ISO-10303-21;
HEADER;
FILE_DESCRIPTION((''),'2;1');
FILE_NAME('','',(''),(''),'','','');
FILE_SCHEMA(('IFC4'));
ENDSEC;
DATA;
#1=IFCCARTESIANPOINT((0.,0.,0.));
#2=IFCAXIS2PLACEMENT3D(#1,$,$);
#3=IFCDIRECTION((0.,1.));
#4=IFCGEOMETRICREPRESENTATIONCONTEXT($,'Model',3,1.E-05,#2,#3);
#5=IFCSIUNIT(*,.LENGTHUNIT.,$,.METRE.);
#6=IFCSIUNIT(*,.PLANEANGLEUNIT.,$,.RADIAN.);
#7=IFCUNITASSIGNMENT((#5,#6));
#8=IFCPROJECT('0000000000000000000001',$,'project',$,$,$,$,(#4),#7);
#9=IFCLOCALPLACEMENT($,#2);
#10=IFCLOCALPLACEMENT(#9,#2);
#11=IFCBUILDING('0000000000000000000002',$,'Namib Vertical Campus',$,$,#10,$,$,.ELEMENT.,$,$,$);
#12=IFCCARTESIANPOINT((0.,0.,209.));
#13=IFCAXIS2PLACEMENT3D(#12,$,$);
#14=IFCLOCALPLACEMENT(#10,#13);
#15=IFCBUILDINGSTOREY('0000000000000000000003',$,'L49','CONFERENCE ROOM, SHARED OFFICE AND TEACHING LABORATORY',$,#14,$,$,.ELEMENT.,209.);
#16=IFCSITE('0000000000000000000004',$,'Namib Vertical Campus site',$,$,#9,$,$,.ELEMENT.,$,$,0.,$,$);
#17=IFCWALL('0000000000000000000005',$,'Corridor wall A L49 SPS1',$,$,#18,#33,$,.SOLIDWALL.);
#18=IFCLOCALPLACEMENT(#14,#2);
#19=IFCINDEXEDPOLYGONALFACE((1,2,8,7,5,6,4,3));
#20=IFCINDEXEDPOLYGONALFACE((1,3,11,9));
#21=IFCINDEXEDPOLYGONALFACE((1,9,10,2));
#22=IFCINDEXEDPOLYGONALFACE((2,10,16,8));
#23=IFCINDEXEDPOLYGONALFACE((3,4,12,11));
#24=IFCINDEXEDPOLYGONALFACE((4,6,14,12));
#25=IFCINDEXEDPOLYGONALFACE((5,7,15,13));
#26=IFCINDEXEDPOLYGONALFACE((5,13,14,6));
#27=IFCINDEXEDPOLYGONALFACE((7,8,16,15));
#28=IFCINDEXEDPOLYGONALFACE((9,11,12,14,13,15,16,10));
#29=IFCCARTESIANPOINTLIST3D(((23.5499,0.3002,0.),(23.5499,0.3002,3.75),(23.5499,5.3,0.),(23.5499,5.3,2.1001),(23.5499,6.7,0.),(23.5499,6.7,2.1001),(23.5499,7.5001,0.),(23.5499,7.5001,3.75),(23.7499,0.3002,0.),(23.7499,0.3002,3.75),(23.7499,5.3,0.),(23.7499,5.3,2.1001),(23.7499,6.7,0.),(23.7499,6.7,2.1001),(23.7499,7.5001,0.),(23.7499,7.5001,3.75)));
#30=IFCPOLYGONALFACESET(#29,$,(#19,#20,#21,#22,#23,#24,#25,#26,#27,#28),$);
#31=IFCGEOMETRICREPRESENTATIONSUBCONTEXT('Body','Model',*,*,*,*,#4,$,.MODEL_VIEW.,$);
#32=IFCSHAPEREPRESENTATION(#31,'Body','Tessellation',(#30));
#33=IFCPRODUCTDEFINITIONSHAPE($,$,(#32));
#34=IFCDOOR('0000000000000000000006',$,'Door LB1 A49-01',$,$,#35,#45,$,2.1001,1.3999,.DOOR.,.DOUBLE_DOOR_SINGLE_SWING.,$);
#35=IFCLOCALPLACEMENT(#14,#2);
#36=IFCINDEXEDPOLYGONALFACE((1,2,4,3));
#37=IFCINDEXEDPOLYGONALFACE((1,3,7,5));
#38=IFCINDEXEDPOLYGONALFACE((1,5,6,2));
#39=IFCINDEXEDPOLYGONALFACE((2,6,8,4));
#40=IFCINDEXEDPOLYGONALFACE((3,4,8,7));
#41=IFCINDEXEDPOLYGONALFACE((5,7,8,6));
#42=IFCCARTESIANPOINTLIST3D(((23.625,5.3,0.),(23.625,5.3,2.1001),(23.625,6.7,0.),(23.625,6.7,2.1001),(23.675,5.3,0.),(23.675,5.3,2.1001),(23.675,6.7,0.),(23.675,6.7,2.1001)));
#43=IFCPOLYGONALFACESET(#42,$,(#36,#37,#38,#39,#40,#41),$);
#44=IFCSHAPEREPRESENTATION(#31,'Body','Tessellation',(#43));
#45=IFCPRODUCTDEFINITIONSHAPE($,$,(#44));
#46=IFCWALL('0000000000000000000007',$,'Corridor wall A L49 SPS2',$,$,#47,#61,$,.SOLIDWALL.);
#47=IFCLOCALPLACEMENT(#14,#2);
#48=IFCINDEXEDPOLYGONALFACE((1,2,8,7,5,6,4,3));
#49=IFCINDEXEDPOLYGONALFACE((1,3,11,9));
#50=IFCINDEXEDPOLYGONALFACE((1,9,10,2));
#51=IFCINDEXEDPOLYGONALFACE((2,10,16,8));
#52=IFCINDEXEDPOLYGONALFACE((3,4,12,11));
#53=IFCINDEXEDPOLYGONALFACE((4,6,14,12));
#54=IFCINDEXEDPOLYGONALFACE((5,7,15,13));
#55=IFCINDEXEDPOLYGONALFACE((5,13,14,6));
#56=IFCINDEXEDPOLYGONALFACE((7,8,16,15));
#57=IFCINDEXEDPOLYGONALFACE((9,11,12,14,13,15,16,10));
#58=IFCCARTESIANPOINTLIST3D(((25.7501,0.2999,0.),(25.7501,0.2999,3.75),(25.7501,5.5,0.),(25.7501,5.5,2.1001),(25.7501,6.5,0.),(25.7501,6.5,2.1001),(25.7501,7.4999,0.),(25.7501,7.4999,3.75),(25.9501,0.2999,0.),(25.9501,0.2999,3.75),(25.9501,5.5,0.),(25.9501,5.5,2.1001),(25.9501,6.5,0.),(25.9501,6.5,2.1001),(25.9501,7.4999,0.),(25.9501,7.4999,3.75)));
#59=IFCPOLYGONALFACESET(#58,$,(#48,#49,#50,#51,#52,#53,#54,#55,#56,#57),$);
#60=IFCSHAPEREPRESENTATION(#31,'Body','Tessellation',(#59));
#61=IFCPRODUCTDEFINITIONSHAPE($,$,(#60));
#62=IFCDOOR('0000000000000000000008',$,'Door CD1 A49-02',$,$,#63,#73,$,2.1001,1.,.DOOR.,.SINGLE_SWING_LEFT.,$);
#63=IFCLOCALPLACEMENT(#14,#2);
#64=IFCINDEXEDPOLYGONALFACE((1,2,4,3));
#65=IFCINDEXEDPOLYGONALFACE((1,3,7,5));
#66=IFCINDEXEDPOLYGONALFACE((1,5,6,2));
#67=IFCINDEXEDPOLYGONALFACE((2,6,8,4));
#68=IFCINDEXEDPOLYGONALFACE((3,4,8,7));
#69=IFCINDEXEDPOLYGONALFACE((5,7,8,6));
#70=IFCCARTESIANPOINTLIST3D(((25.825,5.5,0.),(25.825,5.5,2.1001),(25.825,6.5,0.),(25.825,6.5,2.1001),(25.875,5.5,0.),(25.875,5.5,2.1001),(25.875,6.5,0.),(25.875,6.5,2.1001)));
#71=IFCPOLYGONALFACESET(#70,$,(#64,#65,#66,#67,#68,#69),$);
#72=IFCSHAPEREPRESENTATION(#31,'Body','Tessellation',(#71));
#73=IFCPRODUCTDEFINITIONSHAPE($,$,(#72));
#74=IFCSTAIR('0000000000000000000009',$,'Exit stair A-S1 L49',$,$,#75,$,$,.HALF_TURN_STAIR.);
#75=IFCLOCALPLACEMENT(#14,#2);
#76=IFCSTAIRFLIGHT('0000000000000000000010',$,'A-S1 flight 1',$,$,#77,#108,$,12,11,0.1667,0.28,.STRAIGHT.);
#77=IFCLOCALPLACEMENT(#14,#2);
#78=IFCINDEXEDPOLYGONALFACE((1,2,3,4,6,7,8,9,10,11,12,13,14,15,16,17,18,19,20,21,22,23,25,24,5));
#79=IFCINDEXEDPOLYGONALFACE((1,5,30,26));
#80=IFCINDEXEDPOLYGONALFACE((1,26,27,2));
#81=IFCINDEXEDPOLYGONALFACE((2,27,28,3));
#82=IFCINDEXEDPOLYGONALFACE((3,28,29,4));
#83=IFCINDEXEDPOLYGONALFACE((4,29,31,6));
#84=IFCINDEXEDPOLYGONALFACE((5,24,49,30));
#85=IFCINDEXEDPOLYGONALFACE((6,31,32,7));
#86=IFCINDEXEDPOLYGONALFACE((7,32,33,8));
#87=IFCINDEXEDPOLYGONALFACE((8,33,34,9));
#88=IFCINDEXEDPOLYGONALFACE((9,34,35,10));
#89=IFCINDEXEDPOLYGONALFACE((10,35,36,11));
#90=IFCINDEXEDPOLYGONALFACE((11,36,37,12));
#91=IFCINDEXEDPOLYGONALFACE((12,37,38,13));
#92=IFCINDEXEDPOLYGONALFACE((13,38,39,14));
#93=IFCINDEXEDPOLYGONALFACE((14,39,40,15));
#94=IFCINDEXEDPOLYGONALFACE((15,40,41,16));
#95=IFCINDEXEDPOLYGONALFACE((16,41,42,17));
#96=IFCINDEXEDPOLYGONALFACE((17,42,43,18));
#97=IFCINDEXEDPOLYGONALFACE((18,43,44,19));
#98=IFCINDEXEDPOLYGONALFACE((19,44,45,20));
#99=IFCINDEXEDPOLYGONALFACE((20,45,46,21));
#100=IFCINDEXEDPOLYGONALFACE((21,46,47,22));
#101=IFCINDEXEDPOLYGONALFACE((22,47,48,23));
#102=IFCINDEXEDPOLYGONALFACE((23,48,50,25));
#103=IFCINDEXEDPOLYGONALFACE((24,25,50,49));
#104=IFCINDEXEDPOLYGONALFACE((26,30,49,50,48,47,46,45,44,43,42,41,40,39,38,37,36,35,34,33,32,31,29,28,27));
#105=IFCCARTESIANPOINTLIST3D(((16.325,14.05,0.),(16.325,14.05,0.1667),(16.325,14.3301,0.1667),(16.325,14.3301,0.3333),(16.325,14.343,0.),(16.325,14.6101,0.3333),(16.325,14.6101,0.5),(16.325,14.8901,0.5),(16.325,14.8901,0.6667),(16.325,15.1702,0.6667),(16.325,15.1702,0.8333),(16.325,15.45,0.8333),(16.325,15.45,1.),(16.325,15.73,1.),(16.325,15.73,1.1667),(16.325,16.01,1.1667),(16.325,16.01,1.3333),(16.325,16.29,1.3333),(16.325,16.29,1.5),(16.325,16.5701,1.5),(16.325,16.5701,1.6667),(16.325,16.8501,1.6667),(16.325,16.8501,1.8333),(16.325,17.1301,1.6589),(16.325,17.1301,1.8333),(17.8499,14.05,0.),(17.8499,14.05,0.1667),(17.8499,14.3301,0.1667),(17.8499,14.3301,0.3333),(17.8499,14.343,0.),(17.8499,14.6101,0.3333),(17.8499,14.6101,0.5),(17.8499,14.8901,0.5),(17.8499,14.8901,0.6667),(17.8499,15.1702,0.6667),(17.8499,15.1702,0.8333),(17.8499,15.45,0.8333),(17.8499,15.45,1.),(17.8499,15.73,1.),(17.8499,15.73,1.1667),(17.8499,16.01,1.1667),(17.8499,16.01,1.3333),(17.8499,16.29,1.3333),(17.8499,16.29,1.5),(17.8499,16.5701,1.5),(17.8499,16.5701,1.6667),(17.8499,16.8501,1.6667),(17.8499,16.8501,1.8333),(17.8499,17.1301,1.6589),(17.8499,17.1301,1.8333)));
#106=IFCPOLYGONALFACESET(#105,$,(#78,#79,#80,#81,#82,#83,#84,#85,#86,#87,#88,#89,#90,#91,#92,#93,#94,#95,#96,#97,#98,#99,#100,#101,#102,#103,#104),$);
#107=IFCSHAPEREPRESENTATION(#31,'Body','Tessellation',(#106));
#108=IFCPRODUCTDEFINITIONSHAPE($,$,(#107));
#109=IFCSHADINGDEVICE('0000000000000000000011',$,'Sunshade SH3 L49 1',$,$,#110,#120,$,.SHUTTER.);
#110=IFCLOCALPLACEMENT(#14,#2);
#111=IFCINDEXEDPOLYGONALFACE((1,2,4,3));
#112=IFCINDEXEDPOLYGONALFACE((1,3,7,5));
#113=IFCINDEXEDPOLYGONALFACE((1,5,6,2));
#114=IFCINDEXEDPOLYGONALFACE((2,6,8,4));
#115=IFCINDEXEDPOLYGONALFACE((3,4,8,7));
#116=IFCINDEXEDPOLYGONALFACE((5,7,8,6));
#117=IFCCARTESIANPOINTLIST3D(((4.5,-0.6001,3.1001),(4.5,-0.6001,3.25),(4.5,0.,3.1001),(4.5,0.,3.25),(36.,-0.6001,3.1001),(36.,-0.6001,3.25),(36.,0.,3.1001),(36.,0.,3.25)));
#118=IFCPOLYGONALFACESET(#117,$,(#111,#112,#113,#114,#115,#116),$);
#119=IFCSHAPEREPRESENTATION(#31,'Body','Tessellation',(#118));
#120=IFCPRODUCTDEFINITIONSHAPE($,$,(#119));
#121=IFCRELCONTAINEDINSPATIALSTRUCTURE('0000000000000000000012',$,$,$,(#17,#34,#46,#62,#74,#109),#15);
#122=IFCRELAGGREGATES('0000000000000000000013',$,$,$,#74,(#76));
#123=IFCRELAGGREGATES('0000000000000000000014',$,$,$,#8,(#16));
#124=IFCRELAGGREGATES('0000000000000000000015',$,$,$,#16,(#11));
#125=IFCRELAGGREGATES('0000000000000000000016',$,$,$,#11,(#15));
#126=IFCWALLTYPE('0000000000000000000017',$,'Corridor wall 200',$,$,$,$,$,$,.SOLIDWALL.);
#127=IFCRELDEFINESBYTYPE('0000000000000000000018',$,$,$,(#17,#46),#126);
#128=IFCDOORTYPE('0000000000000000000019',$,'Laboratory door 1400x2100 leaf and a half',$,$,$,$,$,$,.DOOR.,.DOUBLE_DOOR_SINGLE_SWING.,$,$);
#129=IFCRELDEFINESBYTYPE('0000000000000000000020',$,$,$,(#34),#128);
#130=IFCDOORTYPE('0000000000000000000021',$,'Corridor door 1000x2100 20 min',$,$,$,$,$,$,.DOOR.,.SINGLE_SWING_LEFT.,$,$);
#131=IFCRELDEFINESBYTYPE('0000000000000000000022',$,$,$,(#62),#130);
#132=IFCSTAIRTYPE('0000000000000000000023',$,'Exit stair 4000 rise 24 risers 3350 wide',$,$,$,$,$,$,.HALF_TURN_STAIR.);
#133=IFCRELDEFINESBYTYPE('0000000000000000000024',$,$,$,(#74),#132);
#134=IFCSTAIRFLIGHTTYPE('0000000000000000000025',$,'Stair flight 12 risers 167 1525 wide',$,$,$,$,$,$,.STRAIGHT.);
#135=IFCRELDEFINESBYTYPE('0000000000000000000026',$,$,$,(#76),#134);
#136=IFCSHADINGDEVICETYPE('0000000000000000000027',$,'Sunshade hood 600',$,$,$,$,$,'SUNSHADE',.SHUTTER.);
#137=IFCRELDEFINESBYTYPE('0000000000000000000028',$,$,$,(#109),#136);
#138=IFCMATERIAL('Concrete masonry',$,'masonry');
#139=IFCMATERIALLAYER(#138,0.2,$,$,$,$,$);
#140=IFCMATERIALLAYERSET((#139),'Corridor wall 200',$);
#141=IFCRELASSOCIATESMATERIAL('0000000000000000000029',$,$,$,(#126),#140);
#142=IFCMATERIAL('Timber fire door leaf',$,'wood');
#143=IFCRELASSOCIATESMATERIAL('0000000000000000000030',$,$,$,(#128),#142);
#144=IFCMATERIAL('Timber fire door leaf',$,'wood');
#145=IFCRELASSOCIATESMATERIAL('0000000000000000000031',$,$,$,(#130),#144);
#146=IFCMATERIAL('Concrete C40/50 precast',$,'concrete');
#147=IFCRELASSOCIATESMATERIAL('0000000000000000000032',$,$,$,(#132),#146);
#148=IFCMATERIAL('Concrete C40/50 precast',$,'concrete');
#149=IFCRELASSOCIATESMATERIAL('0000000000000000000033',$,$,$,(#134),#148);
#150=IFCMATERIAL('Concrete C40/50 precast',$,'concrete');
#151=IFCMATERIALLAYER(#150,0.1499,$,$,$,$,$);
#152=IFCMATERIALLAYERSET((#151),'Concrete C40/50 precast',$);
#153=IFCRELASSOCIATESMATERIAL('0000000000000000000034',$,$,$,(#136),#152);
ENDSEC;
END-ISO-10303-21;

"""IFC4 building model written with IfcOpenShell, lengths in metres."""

from ifc_helpers import new_model, si_unit, direction, frame, frame_2d, origin, origin_2d, place, context, subcontext, project, spatial, polyline, rectangle, outline, extrude, material, layer, layer_set, type_object, element, fill, aggregate, save


model = new_model("IFC4")

# Units and contexts
model_context = context("Model", 3, precision=1e-05, world=origin(), true_north=direction((0.0, 1.0)))
body_context = subcontext(model_context, "Body", "Model", "MODEL_VIEW")
ifc_project = project(units=[si_unit("LENGTHUNIT", "METRE"), si_unit("PLANEANGLEUNIT", "RADIAN")], contexts=[model_context])

# Site, building, storey
site_placement = place(None, origin())
site = spatial("IfcSite", under=ifc_project, at=site_placement, Name="Namib Vertical Campus site", CompositionType="ELEMENT", RefElevation=0.0)
building_placement = place(site_placement, origin())
building = spatial("IfcBuilding", under=site, at=building_placement, Name="Namib Vertical Campus", CompositionType="ELEMENT")
storey_placement = place(building_placement, frame((0.0, 0.0, 209.0)))
storey = spatial("IfcBuildingStorey", under=building, at=storey_placement, Name="L49", Description="CONFERENCE ROOM, SHARED OFFICE AND TEACHING LABORATORY", CompositionType="ELEMENT", Elevation=209.0)

# Walls, openings, doors
ifc_material_1 = material(Name="Concrete masonry", Category="masonry")
ifc_layer_1 = layer(ifc_material_1, 0.2)
ifc_layer_set_1 = layer_set([ifc_layer_1], Name="Corridor wall 200")
wall_type_1 = type_object("IfcWallType", Name="Corridor wall 200", PredefinedType="SOLIDWALL", material=ifc_layer_set_1)
wall_1_placement = place(storey_placement, frame((23.6499, 0.3, 0.0), z_axis=(0.0, 0.0, 1.0), x_axis=(0.0, 1.0, 0.0)))
wall_1 = element("IfcWall", 1, at=wall_1_placement, inside=storey, type_object=wall_type_1, Name="Corridor wall A L49 SPS1", PredefinedType="SOLIDWALL", context=body_context, shape_type="SweptSolid", body=[
    extrude(rectangle(XDim=7.2, YDim=0.2, at=frame_2d((3.6001, 0.0))), origin(), (0.0, 0.0, 1.0), 3.75),
])
opening_1_placement = place(wall_1_placement, frame((5.0, 0.0, 0.0)))
opening_1 = element("IfcOpeningElement", 2, at=opening_1_placement, cuts=wall_1, PredefinedType="OPENING", context=body_context, shape_type="SweptSolid", body=[
    extrude(rectangle(XDim=1.3999, YDim=2.1001, at=frame_2d((0.7, 1.05))), frame((0.0, 0.1099, 0.0), z_axis=(0.0, -1.0, 0.0), x_axis=(1.0, 0.0, 0.0)), (0.0, 0.0, 1.0), 0.22),
])
ifc_material_2 = material(Name="Timber fire door leaf", Category="wood")
door_type_1 = type_object("IfcDoorType", Name="Laboratory door 1400x2100 leaf and a half", OperationType="DOUBLE_DOOR_SINGLE_SWING", PredefinedType="DOOR", material=ifc_material_2)
door_1_placement = place(opening_1_placement, origin())
door_1 = element("IfcDoor", 3, at=door_1_placement, inside=storey, type_object=door_type_1, Name="Door LB1 A49-01", OperationType="DOUBLE_DOOR_SINGLE_SWING", OverallHeight=2.1001, OverallWidth=1.3999, PredefinedType="DOOR", context=body_context, shape_type="SweptSolid", body=[
    extrude(rectangle(XDim=1.3999, YDim=2.1001, at=frame_2d((0.7, 1.05))), frame((0.0, 0.0249, 0.0), z_axis=(0.0, -1.0, 0.0), x_axis=(1.0, 0.0, 0.0)), (0.0, 0.0, 1.0), 0.05),
])
fill(opening_1, door_1)
wall_2_placement = place(storey_placement, frame((25.8501, 7.5, 0.0), z_axis=(0.0, 0.0, 1.0), x_axis=(0.0, -1.0, 0.0)))
wall_2 = element("IfcWall", 4, at=wall_2_placement, inside=storey, type_object=wall_type_1, Name="Corridor wall A L49 SPS2", PredefinedType="SOLIDWALL", context=body_context, shape_type="SweptSolid", body=[
    extrude(rectangle(XDim=7.2, YDim=0.2, at=frame_2d((3.6001, 0.0))), origin(), (0.0, 0.0, 1.0), 3.75),
])
opening_2_placement = place(wall_2_placement, frame((1.0, 0.0, 0.0)))
opening_2 = element("IfcOpeningElement", 5, at=opening_2_placement, cuts=wall_2, PredefinedType="OPENING", context=body_context, shape_type="SweptSolid", body=[
    extrude(rectangle(XDim=1.0, YDim=2.1001, at=frame_2d((0.5, 1.05))), frame((0.0, 0.1099, 0.0), z_axis=(0.0, -1.0, 0.0), x_axis=(1.0, 0.0, 0.0)), (0.0, 0.0, 1.0), 0.22),
])
ifc_material_3 = material(Name="Timber fire door leaf", Category="wood")
door_type_2 = type_object("IfcDoorType", Name="Corridor door 1000x2100 20 min", OperationType="SINGLE_SWING_LEFT", PredefinedType="DOOR", material=ifc_material_3)
door_2_placement = place(opening_2_placement, origin())
door_2 = element("IfcDoor", 6, at=door_2_placement, inside=storey, type_object=door_type_2, Name="Door CD1 A49-02", OperationType="SINGLE_SWING_LEFT", OverallHeight=2.1001, OverallWidth=1.0, PredefinedType="DOOR", context=body_context, shape_type="SweptSolid", body=[
    extrude(rectangle(XDim=1.0, YDim=2.1001, at=frame_2d((0.5, 1.05))), frame((0.0, 0.0249, 0.0), z_axis=(0.0, -1.0, 0.0), x_axis=(1.0, 0.0, 0.0)), (0.0, 0.0, 1.0), 0.05),
])
fill(opening_2, door_2)

# Stair, stair flight
ifc_material_4 = material(Name="Concrete C40/50 precast", Category="concrete")
stair_type = type_object("IfcStairType", Name="Exit stair 4000 rise 24 risers 3350 wide", PredefinedType="HALF_TURN_STAIR", material=ifc_material_4)
stair_placement = place(storey_placement, origin())
stair = element("IfcStair", 7, at=stair_placement, inside=storey, type_object=stair_type, Name="Exit stair A-S1 L49", PredefinedType="HALF_TURN_STAIR")
ifc_material_5 = material(Name="Concrete C40/50 precast", Category="concrete")
stair_flight_type = type_object("IfcStairFlightType", Name="Stair flight 12 risers 167 1525 wide", PredefinedType="STRAIGHT", material=ifc_material_5)
stair_flight_placement = place(storey_placement, frame((17.0874, 14.05, 0.0), z_axis=(0.0, 0.0, 1.0), x_axis=(0.0, 1.0, 0.0)))
stair_flight = element("IfcStairFlight", 8, at=stair_flight_placement, type_object=stair_flight_type, Name="A-S1 flight 1", NumberOfRisers=12, NumberOfTreads=11, PredefinedType="STRAIGHT", RiserHeight=0.1667, TreadLength=0.28, context=body_context, shape_type="SweptSolid", body=[
    extrude(outline(polyline([(0.0, 0.0), (0.0, 0.1667), (0.28, 0.1667), (0.28, 0.3333), (0.5601, 0.3333), (0.5601, 0.5), (0.8401, 0.5), (0.8401, 0.6667), (1.1201, 0.6667), (1.1201, 0.8333), (1.3999, 0.8333), (1.3999, 1.0), (1.6799, 1.0), (1.6799, 1.1667), (1.96, 1.1667), (1.96, 1.3333), (2.24, 1.3333), (2.24, 1.5), (2.52, 1.5), (2.52, 1.6667), (2.8, 1.6667), (2.8, 1.8333), (3.0801, 1.8333), (3.0801, 2.0), (3.0801, 1.6589), (0.293, 0.0), (0.0, 0.0)])), frame((0.0, 0.7625, 0.0), z_axis=(0.0, -1.0, 0.0), x_axis=(1.0, 0.0, 0.0)), (0.0, 0.0, 1.0), 1.5249),
])
aggregate(stair, [stair_flight])

# Shading device
ifc_material_6 = material(Name="Concrete C40/50 precast", Category="concrete")
ifc_layer_2 = layer(ifc_material_6, 0.1499)
ifc_layer_set_2 = layer_set([ifc_layer_2], Name="Concrete C40/50 precast")
shading_device_type = type_object("IfcShadingDeviceType", Name="Sunshade hood 600", ElementType="SUNSHADE", PredefinedType="SHUTTER", material=ifc_layer_set_2)
shading_device_placement = place(storey_placement, frame((20.25, -0.3, 3.1001), z_axis=(0.0, 0.0, 1.0), x_axis=(1.0, 0.0, 0.0)))
element("IfcShadingDevice", 9, at=shading_device_placement, inside=storey, type_object=shading_device_type, Name="Sunshade SH3 L49 1", PredefinedType="SHUTTER", context=body_context, shape_type="SweptSolid", body=[
    extrude(rectangle(XDim=31.5, YDim=0.6001, at=origin_2d()), origin(), (0.0, 0.0, 1.0), 0.1499),
])

save(model, "model.ifc")
